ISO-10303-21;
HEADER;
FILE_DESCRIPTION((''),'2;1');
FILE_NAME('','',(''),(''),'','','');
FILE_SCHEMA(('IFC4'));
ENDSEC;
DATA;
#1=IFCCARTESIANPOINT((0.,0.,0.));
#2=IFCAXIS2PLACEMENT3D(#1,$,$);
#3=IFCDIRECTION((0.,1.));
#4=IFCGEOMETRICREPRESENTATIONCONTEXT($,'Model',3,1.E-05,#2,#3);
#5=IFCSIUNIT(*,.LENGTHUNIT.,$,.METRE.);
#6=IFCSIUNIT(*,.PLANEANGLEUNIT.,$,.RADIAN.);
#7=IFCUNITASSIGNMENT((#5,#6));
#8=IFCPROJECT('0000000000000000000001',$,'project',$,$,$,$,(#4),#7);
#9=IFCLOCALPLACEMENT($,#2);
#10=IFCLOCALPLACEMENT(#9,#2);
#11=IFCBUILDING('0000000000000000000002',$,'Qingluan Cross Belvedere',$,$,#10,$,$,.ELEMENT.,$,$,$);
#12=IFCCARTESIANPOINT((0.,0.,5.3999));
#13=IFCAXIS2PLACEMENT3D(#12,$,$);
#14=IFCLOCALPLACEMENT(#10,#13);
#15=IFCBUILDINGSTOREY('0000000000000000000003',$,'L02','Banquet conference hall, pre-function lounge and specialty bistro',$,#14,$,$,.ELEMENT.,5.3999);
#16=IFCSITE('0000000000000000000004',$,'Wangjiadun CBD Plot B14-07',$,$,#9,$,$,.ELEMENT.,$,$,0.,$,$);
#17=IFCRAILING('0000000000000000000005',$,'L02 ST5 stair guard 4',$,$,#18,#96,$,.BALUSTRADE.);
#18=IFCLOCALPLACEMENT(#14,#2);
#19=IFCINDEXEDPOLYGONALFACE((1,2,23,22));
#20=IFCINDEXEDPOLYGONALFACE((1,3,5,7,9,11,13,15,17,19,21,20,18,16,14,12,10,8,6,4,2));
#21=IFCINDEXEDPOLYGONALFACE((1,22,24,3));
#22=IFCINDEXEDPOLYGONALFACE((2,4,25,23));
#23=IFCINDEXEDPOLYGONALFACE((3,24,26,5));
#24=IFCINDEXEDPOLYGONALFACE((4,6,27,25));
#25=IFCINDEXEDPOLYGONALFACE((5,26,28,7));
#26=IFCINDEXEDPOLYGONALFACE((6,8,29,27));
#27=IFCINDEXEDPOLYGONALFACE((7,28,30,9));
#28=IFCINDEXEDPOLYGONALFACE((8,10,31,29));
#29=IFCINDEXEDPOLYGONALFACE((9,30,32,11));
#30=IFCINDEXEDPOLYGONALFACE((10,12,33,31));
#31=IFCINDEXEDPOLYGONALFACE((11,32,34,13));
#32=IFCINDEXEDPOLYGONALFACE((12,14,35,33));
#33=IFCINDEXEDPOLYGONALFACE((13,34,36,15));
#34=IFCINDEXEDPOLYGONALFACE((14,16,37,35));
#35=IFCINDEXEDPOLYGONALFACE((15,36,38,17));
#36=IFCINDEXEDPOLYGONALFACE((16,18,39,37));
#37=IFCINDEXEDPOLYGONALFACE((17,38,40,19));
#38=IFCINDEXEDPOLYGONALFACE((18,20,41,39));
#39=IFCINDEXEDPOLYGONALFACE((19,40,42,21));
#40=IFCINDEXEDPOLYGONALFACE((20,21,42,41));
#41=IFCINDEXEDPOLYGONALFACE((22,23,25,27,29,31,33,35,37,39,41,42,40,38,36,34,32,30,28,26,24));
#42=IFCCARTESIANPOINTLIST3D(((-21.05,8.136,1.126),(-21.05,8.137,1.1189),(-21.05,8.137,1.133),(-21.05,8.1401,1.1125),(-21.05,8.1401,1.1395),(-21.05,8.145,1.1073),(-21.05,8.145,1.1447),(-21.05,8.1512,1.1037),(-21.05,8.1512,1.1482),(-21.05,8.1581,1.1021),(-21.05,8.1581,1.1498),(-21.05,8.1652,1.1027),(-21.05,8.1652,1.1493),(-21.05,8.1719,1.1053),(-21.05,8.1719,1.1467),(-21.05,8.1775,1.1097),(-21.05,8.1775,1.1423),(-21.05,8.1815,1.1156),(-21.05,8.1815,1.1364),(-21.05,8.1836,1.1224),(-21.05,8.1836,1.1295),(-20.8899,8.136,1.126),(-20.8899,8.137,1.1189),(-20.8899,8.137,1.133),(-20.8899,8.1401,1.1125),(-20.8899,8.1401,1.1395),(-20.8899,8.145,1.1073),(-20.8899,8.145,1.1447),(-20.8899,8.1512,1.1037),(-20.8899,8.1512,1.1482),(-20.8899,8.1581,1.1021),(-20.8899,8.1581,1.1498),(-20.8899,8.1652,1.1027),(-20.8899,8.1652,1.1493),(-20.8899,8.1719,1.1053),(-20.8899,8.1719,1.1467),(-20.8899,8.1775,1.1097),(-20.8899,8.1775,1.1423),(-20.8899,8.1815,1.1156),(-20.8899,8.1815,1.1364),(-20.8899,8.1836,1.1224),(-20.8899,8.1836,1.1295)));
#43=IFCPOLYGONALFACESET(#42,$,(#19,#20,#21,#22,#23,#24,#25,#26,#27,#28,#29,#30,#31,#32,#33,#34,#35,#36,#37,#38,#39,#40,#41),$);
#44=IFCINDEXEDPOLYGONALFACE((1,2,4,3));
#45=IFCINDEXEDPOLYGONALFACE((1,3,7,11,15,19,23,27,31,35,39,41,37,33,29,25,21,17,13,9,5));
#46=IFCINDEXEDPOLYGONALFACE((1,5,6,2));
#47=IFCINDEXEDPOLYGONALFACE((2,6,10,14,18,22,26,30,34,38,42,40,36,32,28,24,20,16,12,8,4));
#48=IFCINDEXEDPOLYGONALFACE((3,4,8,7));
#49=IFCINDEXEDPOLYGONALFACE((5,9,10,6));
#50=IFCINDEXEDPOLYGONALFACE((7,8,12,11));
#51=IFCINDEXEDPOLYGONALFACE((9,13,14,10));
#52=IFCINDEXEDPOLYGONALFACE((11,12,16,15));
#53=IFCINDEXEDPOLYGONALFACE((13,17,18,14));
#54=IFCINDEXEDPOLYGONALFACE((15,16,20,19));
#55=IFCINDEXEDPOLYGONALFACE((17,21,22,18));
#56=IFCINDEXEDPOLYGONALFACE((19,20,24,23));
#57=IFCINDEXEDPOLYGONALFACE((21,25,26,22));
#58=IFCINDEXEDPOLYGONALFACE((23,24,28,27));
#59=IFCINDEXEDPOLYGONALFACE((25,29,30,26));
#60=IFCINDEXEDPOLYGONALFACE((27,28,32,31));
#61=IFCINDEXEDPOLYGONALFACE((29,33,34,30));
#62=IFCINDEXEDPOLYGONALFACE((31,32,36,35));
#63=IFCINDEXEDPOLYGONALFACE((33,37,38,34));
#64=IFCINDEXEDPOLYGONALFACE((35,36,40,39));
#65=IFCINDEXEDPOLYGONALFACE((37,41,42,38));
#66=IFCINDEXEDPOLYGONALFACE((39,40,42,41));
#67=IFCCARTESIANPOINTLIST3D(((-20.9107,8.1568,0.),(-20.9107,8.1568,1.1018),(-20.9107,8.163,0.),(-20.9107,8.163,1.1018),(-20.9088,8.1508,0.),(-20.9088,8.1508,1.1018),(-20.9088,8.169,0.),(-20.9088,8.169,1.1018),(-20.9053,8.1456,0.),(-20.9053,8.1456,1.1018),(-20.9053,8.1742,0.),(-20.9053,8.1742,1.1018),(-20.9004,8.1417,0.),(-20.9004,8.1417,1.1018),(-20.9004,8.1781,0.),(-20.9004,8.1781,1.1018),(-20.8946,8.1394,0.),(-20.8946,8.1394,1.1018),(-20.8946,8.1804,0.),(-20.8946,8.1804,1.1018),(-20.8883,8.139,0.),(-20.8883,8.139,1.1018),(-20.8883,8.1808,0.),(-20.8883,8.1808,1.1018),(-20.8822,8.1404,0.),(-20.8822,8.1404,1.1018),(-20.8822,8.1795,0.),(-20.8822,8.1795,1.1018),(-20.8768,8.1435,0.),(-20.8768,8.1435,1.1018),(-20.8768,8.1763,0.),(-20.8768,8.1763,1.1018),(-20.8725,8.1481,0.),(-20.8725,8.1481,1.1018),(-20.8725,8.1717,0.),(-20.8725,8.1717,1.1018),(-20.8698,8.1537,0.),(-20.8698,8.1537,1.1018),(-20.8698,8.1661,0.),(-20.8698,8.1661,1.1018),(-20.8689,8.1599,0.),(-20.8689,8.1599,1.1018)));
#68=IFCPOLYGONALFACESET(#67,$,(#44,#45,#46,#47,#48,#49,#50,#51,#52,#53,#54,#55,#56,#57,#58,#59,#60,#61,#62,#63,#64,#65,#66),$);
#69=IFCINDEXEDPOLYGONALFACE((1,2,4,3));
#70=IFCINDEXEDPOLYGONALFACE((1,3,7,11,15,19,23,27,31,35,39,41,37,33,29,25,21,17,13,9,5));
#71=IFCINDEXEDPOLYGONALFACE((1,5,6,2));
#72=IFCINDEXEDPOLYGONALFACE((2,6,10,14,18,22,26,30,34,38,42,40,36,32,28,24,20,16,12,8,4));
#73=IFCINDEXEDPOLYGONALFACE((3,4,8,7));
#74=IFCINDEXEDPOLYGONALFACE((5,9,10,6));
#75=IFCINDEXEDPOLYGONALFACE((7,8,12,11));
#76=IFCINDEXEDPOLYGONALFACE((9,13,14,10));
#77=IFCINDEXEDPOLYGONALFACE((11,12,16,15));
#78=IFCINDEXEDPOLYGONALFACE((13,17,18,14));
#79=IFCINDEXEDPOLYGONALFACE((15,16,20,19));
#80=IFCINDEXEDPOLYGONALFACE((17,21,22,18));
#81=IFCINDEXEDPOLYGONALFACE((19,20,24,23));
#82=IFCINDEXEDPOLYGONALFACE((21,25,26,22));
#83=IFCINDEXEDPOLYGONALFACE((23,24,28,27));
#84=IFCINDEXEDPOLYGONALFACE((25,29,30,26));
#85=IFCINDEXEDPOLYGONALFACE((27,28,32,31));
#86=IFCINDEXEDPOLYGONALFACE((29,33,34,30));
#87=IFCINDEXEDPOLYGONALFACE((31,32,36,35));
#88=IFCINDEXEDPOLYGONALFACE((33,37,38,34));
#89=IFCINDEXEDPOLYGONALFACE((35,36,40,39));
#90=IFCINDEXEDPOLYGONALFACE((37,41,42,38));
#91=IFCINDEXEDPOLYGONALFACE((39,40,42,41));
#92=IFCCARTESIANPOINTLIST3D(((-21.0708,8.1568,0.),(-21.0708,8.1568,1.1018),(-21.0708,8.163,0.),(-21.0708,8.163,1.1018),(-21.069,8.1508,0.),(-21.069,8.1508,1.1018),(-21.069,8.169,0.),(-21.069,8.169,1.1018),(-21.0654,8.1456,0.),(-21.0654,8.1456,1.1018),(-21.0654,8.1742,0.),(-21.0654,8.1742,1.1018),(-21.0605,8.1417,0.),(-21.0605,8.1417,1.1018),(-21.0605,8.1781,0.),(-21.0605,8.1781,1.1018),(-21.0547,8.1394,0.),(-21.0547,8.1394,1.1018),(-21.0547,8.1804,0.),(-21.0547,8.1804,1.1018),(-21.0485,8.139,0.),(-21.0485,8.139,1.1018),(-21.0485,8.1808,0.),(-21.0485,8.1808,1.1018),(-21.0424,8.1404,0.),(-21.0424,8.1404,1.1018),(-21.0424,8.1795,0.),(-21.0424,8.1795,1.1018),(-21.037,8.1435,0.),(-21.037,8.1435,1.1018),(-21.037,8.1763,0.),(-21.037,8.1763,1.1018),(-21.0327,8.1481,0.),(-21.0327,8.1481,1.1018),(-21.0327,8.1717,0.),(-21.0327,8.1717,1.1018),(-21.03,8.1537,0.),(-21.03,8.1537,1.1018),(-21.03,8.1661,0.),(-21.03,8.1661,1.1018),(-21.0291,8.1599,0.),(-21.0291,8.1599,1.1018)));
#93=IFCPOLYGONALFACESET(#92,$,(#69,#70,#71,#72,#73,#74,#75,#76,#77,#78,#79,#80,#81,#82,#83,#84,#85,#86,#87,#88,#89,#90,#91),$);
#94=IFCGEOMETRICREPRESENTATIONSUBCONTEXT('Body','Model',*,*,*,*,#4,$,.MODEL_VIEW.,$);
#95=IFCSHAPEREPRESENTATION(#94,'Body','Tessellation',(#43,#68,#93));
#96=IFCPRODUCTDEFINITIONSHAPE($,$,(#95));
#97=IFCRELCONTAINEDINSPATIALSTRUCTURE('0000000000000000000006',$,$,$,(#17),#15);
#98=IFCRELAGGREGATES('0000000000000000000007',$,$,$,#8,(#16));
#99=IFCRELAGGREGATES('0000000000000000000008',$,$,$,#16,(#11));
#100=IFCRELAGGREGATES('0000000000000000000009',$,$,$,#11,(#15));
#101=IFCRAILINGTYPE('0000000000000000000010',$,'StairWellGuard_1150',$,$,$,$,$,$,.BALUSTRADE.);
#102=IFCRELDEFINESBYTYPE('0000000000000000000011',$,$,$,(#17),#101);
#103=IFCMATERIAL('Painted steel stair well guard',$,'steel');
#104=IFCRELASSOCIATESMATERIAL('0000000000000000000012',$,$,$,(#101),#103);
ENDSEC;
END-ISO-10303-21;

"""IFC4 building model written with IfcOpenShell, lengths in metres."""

from ifc_helpers import new_model, si_unit, direction, frame, origin, origin_2d, place, context, subcontext, project, spatial, circle, extrude, material, type_object, element, save


model = new_model("IFC4")

# Units and contexts
model_context = context("Model", 3, precision=1e-05, world=origin(), true_north=direction((0.0, 1.0)))
body_context = subcontext(model_context, "Body", "Model", "MODEL_VIEW")
ifc_project = project(units=[si_unit("LENGTHUNIT", "METRE"), si_unit("PLANEANGLEUNIT", "RADIAN")], contexts=[model_context])

# Site, building, storey
site_placement = place(None, origin())
site = spatial("IfcSite", under=ifc_project, at=site_placement, Name="Wangjiadun CBD Plot B14-07", CompositionType="ELEMENT", RefElevation=0.0)
building_placement = place(site_placement, origin())
building = spatial("IfcBuilding", under=site, at=building_placement, Name="Qingluan Cross Belvedere", CompositionType="ELEMENT")
storey_placement = place(building_placement, frame((0.0, 0.0, 5.3999)))
storey = spatial("IfcBuildingStorey", under=building, at=storey_placement, Name="L02", Description="Banquet conference hall, pre-function lounge and specialty bistro", CompositionType="ELEMENT", Elevation=5.3999)

# Railing
ifc_material_1 = material(Name="Painted steel stair well guard", Category="steel")
railing_type_1 = type_object("IfcRailingType", Name="StairWellGuard_1150", PredefinedType="BALUSTRADE", material=ifc_material_1)
railing_1_placement = place(storey_placement, frame((-20.8899, 8.1599, 0.0)))
element("IfcRailing", 1, at=railing_1_placement, inside=storey, type_object=railing_type_1, Name="L02 ST5 stair guard 4", PredefinedType="BALUSTRADE", context=body_context, shape_type="SweptSolid", body=[
    extrude(circle(Radius=0.0239, at=origin_2d()), frame((0.0, 0.0, 1.126), z_axis=(-1.0, 0.0, 0.0), x_axis=(0.0, -1.0, 0.0)), (0.0, 0.0, 1.0), 0.1602),
    extrude(circle(Radius=0.021, at=origin_2d()), origin(), (0.0, 0.0, 1.0), 1.1018),
    extrude(circle(Radius=0.021, at=origin_2d()), frame((-0.1602, 0.0, 0.0)), (0.0, 0.0, 1.0), 1.1018),
])

save(model, "model.ifc")
